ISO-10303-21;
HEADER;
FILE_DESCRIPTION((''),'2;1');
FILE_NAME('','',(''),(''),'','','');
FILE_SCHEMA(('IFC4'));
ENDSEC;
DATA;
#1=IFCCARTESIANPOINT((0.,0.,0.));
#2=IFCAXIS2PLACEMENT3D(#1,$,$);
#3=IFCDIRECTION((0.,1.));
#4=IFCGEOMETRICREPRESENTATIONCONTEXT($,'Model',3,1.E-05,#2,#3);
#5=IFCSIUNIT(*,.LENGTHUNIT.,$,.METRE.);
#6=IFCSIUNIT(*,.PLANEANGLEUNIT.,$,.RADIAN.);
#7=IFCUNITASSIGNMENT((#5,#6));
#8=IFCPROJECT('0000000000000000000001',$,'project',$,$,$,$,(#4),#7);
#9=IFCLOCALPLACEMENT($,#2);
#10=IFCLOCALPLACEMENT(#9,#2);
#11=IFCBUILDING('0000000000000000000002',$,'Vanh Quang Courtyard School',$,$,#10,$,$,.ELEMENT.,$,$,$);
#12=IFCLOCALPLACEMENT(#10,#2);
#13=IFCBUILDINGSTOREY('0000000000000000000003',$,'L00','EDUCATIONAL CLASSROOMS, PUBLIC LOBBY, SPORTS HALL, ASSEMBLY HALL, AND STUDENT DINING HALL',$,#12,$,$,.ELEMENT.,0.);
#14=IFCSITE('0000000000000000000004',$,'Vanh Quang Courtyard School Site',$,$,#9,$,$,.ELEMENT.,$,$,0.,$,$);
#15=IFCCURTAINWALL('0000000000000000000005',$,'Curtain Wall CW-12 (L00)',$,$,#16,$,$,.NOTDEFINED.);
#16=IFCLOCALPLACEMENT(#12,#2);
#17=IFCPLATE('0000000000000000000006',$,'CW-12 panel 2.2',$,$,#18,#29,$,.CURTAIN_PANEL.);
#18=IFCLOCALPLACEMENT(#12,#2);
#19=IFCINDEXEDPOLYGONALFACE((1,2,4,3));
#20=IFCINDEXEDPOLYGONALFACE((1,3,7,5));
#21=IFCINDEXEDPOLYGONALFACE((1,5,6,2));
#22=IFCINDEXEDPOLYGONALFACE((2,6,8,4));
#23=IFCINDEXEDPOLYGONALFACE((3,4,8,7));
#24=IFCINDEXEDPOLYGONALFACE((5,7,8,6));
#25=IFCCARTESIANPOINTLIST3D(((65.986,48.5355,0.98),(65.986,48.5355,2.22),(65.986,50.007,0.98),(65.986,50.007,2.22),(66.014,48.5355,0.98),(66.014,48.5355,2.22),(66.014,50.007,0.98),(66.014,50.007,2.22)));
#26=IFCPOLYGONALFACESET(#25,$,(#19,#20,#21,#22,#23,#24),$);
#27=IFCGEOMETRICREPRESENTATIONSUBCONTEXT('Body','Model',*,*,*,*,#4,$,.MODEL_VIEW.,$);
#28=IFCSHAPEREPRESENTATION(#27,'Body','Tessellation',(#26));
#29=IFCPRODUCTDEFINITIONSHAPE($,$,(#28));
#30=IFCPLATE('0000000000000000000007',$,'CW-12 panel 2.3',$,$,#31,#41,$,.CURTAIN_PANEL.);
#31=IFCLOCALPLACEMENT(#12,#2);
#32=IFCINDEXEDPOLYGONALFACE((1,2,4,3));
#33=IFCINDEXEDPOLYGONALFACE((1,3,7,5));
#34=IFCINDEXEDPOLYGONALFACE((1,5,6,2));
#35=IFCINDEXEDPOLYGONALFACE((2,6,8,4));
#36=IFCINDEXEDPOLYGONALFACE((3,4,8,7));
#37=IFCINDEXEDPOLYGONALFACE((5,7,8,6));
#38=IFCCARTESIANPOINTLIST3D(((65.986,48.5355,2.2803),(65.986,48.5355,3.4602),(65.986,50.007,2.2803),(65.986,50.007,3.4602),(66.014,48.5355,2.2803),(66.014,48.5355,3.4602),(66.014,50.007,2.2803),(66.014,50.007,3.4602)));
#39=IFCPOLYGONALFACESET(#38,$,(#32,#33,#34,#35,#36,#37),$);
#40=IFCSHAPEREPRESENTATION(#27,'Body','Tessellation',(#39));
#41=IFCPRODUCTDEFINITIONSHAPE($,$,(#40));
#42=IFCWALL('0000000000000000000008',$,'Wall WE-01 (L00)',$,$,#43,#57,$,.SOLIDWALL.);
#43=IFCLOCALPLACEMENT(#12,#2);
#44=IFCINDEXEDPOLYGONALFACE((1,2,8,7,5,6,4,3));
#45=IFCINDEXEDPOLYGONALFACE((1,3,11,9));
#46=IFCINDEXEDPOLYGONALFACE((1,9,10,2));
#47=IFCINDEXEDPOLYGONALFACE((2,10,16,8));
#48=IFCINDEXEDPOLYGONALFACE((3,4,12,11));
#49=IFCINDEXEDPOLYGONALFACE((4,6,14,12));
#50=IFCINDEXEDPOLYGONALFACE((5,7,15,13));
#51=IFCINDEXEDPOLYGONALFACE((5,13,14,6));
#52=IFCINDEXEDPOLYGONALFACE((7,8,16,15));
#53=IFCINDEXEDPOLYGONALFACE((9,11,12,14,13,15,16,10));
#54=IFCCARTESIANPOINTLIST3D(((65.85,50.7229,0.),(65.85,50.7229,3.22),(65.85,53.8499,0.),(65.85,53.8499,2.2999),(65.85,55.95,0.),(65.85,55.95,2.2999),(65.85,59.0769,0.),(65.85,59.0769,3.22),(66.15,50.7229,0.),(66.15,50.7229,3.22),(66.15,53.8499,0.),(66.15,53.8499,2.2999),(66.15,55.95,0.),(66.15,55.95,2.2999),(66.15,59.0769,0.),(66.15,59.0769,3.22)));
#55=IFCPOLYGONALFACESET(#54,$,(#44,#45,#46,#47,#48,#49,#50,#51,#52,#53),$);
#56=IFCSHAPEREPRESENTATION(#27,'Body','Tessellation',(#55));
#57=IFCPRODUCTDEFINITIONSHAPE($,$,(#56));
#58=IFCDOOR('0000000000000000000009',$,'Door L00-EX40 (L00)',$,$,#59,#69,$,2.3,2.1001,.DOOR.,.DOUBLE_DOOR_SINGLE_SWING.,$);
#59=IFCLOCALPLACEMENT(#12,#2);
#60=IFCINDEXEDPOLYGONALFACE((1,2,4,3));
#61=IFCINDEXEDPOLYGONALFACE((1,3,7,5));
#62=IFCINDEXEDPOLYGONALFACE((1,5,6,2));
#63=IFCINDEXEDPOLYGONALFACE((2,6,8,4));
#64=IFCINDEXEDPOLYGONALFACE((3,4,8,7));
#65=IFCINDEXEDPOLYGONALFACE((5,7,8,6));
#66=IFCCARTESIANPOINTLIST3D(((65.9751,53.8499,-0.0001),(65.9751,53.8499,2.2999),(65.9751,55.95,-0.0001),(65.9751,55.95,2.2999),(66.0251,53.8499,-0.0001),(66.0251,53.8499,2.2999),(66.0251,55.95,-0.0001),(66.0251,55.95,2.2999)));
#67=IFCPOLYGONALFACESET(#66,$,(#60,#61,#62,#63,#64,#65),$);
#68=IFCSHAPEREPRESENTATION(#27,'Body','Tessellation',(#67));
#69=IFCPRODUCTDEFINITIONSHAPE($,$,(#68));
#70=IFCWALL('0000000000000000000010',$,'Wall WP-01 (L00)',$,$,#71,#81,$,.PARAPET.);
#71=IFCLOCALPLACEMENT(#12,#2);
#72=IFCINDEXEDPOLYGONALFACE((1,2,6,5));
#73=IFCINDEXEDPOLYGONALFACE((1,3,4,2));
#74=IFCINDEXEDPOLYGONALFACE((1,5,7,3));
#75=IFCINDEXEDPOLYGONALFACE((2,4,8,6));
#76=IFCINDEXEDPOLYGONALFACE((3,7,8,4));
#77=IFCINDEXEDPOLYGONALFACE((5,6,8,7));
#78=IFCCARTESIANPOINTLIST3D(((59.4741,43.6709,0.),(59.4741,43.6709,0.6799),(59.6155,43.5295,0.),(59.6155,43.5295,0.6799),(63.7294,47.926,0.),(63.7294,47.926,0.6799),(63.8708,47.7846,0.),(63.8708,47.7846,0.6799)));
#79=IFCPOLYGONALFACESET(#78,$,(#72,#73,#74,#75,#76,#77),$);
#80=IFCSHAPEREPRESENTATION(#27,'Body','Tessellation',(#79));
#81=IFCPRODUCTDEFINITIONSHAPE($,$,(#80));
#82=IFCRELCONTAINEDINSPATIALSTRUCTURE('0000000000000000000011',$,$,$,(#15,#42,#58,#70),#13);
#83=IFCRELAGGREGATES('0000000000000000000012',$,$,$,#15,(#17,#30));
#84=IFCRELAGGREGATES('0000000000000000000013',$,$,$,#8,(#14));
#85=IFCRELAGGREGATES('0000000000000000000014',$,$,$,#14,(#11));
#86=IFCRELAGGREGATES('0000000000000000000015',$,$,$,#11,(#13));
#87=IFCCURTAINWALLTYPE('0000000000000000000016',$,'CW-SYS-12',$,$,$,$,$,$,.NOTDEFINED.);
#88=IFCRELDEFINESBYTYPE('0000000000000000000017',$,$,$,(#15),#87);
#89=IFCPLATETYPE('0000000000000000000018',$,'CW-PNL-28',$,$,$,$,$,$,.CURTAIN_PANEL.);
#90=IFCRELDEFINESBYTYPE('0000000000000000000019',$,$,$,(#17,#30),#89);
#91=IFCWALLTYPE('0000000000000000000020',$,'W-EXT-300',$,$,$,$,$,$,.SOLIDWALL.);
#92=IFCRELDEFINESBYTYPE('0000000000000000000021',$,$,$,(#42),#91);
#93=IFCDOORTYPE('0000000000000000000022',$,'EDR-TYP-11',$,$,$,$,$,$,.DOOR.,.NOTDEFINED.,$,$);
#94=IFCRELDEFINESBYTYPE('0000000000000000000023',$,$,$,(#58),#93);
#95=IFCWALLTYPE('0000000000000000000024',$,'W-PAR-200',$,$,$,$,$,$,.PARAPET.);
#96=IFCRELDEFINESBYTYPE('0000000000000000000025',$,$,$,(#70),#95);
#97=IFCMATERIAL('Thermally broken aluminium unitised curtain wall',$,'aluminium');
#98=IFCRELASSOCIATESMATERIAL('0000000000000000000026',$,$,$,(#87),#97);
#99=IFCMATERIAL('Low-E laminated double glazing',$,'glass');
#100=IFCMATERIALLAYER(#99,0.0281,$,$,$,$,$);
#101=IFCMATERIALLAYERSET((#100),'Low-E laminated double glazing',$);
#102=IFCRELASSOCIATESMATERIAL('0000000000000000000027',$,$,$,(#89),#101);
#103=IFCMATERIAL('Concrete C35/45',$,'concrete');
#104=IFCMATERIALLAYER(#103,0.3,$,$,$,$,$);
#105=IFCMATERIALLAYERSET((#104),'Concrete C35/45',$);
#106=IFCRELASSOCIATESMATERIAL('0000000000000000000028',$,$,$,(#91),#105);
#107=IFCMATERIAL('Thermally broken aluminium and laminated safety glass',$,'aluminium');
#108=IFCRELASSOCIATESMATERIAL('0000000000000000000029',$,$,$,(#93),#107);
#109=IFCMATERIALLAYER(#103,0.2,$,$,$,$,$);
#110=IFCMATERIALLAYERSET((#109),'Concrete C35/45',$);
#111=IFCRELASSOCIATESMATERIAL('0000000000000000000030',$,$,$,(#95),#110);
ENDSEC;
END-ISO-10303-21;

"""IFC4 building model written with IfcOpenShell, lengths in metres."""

from ifc_helpers import new_model, si_unit, direction, frame, frame_2d, origin, origin_2d, place, context, subcontext, project, spatial, rectangle, extrude, material, layer, layer_set, type_object, element, fill, aggregate, save


model = new_model("IFC4")

# Units and contexts
model_context = context("Model", 3, precision=1e-05, world=origin(), true_north=direction((0.0, 1.0)))
body_context = subcontext(model_context, "Body", "Model", "MODEL_VIEW")
ifc_project = project(units=[si_unit("LENGTHUNIT", "METRE"), si_unit("PLANEANGLEUNIT", "RADIAN")], contexts=[model_context])

# Site, building, storey
site_placement = place(None, origin())
site = spatial("IfcSite", under=ifc_project, at=site_placement, Name="Vanh Quang Courtyard School Site", CompositionType="ELEMENT", RefElevation=0.0)
building_placement = place(site_placement, origin())
building = spatial("IfcBuilding", under=site, at=building_placement, Name="Vanh Quang Courtyard School", CompositionType="ELEMENT")
storey_placement = place(building_placement, origin())
storey = spatial("IfcBuildingStorey", under=building, at=storey_placement, Name="L00", Description="EDUCATIONAL CLASSROOMS, PUBLIC LOBBY, SPORTS HALL, ASSEMBLY HALL, AND STUDENT DINING HALL", CompositionType="ELEMENT", Elevation=0.0)

# Shared definitions
ifc_material_1 = material(Name="Concrete C35/45", Category="concrete")

# Curtain wall
ifc_material_2 = material(Name="Thermally broken aluminium unitised curtain wall", Category="aluminium")
curtain_wall_type_1 = type_object("IfcCurtainWallType", Name="CW-SYS-12", PredefinedType="NOTDEFINED", material=ifc_material_2)
curtain_wall_1_placement = place(storey_placement, origin())
curtain_wall_1 = element("IfcCurtainWall", 1, at=curtain_wall_1_placement, inside=storey, type_object=curtain_wall_type_1, Name="Curtain Wall CW-12 (L00)", PredefinedType="NOTDEFINED")

# Plates
ifc_material_3 = material(Name="Low-E laminated double glazing", Category="glass")
ifc_layer_1 = layer(ifc_material_3, 0.0281)
ifc_layer_set_1 = layer_set([ifc_layer_1], Name="Low-E laminated double glazing")
plate_type = type_object("IfcPlateType", Name="CW-PNL-28", PredefinedType="CURTAIN_PANEL", material=ifc_layer_set_1)
plate_1_placement = place(storey_placement, frame((66.0, 49.2712, 0.98), z_axis=(0.0, 0.0, 1.0), x_axis=(0.0, 1.0, 0.0)))
plate_1 = element("IfcPlate", 2, at=plate_1_placement, type_object=plate_type, Name="CW-12 panel 2.2", PredefinedType="CURTAIN_PANEL", context=body_context, shape_type="SweptSolid", body=[
    extrude(rectangle(XDim=1.4714, YDim=0.0281, at=origin_2d()), origin(), (0.0, 0.0, 1.0), 1.24),
])
plate_2_placement = place(storey_placement, frame((66.0, 49.2712, 2.2803), z_axis=(0.0, 0.0, 1.0), x_axis=(0.0, 1.0, 0.0)))
plate_2 = element("IfcPlate", 3, at=plate_2_placement, type_object=plate_type, Name="CW-12 panel 2.3", PredefinedType="CURTAIN_PANEL", context=body_context, shape_type="SweptSolid", body=[
    extrude(rectangle(XDim=1.4714, YDim=0.0281, at=origin_2d()), origin(), (0.0, 0.0, 1.0), 1.1799),
])
aggregate(curtain_wall_1, [plate_1, plate_2])

# Wall, opening, door
ifc_layer_2 = layer(ifc_material_1, 0.3)
ifc_layer_set_2 = layer_set([ifc_layer_2], Name="Concrete C35/45")
wall_type_1 = type_object("IfcWallType", Name="W-EXT-300", PredefinedType="SOLIDWALL", material=ifc_layer_set_2)
wall_1_placement = place(storey_placement, frame((66.0, 50.7229, 0.0), z_axis=(0.0, 0.0, 1.0), x_axis=(0.0, 1.0, 0.0)))
wall_1 = element("IfcWall", 4, at=wall_1_placement, inside=storey, type_object=wall_type_1, Name="Wall WE-01 (L00)", PredefinedType="SOLIDWALL", context=body_context, shape_type="SweptSolid", body=[
    extrude(rectangle(XDim=8.354, YDim=0.3, at=frame_2d((4.177, 0.0))), origin(), (0.0, 0.0, 1.0), 3.22),
])
opening_placement = place(wall_1_placement, frame((3.127, 0.0, 0.0)))
opening = element("IfcOpeningElement", 5, at=opening_placement, cuts=wall_1, PredefinedType="OPENING", context=body_context, shape_type="SweptSolid", body=[
    extrude(rectangle(XDim=2.1001, YDim=2.3, at=frame_2d((1.05, 1.1499))), frame((0.0, 0.1602, 0.0), z_axis=(0.0, -1.0, 0.0), x_axis=(1.0, 0.0, 0.0)), (0.0, 0.0, 1.0), 0.3201),
])
ifc_material_4 = material(Name="Thermally broken aluminium and laminated safety glass", Category="aluminium")
door_type = type_object("IfcDoorType", Name="EDR-TYP-11", OperationType="NOTDEFINED", PredefinedType="DOOR", material=ifc_material_4)
door_placement = place(opening_placement, origin())
door = element("IfcDoor", 6, at=door_placement, inside=storey, type_object=door_type, Name="Door L00-EX40 (L00)", OperationType="DOUBLE_DOOR_SINGLE_SWING", OverallHeight=2.3, OverallWidth=2.1001, PredefinedType="DOOR", context=body_context, shape_type="SweptSolid", body=[
    extrude(rectangle(XDim=2.1001, YDim=2.3, at=frame_2d((1.05, 1.1499))), frame((0.0, 0.0249, 0.0), z_axis=(0.0, -1.0, 0.0), x_axis=(1.0, 0.0, 0.0)), (0.0, 0.0, 1.0), 0.05),
])
fill(opening, door)

# Wall
ifc_layer_3 = layer(ifc_material_1, 0.2)
ifc_layer_set_3 = layer_set([ifc_layer_3], Name="Concrete C35/45")
wall_type_2 = type_object("IfcWallType", Name="W-PAR-200", PredefinedType="PARAPET", material=ifc_layer_set_3)
wall_2_placement = place(storey_placement, frame((63.8, 47.8552, 0.0), z_axis=(0.0, 0.0, 1.0), x_axis=(-0.707127, -0.707086, 0.0)))
element("IfcWall", 7, at=wall_2_placement, inside=storey, type_object=wall_type_2, Name="Wall WP-01 (L00)", PredefinedType="PARAPET", context=body_context, shape_type="SweptSolid", body=[
    extrude(rectangle(XDim=6.0178, YDim=0.2, at=frame_2d((3.0088, 0.0))), origin(), (0.0, 0.0, 1.0), 0.6799),
])

save(model, "model.ifc")
